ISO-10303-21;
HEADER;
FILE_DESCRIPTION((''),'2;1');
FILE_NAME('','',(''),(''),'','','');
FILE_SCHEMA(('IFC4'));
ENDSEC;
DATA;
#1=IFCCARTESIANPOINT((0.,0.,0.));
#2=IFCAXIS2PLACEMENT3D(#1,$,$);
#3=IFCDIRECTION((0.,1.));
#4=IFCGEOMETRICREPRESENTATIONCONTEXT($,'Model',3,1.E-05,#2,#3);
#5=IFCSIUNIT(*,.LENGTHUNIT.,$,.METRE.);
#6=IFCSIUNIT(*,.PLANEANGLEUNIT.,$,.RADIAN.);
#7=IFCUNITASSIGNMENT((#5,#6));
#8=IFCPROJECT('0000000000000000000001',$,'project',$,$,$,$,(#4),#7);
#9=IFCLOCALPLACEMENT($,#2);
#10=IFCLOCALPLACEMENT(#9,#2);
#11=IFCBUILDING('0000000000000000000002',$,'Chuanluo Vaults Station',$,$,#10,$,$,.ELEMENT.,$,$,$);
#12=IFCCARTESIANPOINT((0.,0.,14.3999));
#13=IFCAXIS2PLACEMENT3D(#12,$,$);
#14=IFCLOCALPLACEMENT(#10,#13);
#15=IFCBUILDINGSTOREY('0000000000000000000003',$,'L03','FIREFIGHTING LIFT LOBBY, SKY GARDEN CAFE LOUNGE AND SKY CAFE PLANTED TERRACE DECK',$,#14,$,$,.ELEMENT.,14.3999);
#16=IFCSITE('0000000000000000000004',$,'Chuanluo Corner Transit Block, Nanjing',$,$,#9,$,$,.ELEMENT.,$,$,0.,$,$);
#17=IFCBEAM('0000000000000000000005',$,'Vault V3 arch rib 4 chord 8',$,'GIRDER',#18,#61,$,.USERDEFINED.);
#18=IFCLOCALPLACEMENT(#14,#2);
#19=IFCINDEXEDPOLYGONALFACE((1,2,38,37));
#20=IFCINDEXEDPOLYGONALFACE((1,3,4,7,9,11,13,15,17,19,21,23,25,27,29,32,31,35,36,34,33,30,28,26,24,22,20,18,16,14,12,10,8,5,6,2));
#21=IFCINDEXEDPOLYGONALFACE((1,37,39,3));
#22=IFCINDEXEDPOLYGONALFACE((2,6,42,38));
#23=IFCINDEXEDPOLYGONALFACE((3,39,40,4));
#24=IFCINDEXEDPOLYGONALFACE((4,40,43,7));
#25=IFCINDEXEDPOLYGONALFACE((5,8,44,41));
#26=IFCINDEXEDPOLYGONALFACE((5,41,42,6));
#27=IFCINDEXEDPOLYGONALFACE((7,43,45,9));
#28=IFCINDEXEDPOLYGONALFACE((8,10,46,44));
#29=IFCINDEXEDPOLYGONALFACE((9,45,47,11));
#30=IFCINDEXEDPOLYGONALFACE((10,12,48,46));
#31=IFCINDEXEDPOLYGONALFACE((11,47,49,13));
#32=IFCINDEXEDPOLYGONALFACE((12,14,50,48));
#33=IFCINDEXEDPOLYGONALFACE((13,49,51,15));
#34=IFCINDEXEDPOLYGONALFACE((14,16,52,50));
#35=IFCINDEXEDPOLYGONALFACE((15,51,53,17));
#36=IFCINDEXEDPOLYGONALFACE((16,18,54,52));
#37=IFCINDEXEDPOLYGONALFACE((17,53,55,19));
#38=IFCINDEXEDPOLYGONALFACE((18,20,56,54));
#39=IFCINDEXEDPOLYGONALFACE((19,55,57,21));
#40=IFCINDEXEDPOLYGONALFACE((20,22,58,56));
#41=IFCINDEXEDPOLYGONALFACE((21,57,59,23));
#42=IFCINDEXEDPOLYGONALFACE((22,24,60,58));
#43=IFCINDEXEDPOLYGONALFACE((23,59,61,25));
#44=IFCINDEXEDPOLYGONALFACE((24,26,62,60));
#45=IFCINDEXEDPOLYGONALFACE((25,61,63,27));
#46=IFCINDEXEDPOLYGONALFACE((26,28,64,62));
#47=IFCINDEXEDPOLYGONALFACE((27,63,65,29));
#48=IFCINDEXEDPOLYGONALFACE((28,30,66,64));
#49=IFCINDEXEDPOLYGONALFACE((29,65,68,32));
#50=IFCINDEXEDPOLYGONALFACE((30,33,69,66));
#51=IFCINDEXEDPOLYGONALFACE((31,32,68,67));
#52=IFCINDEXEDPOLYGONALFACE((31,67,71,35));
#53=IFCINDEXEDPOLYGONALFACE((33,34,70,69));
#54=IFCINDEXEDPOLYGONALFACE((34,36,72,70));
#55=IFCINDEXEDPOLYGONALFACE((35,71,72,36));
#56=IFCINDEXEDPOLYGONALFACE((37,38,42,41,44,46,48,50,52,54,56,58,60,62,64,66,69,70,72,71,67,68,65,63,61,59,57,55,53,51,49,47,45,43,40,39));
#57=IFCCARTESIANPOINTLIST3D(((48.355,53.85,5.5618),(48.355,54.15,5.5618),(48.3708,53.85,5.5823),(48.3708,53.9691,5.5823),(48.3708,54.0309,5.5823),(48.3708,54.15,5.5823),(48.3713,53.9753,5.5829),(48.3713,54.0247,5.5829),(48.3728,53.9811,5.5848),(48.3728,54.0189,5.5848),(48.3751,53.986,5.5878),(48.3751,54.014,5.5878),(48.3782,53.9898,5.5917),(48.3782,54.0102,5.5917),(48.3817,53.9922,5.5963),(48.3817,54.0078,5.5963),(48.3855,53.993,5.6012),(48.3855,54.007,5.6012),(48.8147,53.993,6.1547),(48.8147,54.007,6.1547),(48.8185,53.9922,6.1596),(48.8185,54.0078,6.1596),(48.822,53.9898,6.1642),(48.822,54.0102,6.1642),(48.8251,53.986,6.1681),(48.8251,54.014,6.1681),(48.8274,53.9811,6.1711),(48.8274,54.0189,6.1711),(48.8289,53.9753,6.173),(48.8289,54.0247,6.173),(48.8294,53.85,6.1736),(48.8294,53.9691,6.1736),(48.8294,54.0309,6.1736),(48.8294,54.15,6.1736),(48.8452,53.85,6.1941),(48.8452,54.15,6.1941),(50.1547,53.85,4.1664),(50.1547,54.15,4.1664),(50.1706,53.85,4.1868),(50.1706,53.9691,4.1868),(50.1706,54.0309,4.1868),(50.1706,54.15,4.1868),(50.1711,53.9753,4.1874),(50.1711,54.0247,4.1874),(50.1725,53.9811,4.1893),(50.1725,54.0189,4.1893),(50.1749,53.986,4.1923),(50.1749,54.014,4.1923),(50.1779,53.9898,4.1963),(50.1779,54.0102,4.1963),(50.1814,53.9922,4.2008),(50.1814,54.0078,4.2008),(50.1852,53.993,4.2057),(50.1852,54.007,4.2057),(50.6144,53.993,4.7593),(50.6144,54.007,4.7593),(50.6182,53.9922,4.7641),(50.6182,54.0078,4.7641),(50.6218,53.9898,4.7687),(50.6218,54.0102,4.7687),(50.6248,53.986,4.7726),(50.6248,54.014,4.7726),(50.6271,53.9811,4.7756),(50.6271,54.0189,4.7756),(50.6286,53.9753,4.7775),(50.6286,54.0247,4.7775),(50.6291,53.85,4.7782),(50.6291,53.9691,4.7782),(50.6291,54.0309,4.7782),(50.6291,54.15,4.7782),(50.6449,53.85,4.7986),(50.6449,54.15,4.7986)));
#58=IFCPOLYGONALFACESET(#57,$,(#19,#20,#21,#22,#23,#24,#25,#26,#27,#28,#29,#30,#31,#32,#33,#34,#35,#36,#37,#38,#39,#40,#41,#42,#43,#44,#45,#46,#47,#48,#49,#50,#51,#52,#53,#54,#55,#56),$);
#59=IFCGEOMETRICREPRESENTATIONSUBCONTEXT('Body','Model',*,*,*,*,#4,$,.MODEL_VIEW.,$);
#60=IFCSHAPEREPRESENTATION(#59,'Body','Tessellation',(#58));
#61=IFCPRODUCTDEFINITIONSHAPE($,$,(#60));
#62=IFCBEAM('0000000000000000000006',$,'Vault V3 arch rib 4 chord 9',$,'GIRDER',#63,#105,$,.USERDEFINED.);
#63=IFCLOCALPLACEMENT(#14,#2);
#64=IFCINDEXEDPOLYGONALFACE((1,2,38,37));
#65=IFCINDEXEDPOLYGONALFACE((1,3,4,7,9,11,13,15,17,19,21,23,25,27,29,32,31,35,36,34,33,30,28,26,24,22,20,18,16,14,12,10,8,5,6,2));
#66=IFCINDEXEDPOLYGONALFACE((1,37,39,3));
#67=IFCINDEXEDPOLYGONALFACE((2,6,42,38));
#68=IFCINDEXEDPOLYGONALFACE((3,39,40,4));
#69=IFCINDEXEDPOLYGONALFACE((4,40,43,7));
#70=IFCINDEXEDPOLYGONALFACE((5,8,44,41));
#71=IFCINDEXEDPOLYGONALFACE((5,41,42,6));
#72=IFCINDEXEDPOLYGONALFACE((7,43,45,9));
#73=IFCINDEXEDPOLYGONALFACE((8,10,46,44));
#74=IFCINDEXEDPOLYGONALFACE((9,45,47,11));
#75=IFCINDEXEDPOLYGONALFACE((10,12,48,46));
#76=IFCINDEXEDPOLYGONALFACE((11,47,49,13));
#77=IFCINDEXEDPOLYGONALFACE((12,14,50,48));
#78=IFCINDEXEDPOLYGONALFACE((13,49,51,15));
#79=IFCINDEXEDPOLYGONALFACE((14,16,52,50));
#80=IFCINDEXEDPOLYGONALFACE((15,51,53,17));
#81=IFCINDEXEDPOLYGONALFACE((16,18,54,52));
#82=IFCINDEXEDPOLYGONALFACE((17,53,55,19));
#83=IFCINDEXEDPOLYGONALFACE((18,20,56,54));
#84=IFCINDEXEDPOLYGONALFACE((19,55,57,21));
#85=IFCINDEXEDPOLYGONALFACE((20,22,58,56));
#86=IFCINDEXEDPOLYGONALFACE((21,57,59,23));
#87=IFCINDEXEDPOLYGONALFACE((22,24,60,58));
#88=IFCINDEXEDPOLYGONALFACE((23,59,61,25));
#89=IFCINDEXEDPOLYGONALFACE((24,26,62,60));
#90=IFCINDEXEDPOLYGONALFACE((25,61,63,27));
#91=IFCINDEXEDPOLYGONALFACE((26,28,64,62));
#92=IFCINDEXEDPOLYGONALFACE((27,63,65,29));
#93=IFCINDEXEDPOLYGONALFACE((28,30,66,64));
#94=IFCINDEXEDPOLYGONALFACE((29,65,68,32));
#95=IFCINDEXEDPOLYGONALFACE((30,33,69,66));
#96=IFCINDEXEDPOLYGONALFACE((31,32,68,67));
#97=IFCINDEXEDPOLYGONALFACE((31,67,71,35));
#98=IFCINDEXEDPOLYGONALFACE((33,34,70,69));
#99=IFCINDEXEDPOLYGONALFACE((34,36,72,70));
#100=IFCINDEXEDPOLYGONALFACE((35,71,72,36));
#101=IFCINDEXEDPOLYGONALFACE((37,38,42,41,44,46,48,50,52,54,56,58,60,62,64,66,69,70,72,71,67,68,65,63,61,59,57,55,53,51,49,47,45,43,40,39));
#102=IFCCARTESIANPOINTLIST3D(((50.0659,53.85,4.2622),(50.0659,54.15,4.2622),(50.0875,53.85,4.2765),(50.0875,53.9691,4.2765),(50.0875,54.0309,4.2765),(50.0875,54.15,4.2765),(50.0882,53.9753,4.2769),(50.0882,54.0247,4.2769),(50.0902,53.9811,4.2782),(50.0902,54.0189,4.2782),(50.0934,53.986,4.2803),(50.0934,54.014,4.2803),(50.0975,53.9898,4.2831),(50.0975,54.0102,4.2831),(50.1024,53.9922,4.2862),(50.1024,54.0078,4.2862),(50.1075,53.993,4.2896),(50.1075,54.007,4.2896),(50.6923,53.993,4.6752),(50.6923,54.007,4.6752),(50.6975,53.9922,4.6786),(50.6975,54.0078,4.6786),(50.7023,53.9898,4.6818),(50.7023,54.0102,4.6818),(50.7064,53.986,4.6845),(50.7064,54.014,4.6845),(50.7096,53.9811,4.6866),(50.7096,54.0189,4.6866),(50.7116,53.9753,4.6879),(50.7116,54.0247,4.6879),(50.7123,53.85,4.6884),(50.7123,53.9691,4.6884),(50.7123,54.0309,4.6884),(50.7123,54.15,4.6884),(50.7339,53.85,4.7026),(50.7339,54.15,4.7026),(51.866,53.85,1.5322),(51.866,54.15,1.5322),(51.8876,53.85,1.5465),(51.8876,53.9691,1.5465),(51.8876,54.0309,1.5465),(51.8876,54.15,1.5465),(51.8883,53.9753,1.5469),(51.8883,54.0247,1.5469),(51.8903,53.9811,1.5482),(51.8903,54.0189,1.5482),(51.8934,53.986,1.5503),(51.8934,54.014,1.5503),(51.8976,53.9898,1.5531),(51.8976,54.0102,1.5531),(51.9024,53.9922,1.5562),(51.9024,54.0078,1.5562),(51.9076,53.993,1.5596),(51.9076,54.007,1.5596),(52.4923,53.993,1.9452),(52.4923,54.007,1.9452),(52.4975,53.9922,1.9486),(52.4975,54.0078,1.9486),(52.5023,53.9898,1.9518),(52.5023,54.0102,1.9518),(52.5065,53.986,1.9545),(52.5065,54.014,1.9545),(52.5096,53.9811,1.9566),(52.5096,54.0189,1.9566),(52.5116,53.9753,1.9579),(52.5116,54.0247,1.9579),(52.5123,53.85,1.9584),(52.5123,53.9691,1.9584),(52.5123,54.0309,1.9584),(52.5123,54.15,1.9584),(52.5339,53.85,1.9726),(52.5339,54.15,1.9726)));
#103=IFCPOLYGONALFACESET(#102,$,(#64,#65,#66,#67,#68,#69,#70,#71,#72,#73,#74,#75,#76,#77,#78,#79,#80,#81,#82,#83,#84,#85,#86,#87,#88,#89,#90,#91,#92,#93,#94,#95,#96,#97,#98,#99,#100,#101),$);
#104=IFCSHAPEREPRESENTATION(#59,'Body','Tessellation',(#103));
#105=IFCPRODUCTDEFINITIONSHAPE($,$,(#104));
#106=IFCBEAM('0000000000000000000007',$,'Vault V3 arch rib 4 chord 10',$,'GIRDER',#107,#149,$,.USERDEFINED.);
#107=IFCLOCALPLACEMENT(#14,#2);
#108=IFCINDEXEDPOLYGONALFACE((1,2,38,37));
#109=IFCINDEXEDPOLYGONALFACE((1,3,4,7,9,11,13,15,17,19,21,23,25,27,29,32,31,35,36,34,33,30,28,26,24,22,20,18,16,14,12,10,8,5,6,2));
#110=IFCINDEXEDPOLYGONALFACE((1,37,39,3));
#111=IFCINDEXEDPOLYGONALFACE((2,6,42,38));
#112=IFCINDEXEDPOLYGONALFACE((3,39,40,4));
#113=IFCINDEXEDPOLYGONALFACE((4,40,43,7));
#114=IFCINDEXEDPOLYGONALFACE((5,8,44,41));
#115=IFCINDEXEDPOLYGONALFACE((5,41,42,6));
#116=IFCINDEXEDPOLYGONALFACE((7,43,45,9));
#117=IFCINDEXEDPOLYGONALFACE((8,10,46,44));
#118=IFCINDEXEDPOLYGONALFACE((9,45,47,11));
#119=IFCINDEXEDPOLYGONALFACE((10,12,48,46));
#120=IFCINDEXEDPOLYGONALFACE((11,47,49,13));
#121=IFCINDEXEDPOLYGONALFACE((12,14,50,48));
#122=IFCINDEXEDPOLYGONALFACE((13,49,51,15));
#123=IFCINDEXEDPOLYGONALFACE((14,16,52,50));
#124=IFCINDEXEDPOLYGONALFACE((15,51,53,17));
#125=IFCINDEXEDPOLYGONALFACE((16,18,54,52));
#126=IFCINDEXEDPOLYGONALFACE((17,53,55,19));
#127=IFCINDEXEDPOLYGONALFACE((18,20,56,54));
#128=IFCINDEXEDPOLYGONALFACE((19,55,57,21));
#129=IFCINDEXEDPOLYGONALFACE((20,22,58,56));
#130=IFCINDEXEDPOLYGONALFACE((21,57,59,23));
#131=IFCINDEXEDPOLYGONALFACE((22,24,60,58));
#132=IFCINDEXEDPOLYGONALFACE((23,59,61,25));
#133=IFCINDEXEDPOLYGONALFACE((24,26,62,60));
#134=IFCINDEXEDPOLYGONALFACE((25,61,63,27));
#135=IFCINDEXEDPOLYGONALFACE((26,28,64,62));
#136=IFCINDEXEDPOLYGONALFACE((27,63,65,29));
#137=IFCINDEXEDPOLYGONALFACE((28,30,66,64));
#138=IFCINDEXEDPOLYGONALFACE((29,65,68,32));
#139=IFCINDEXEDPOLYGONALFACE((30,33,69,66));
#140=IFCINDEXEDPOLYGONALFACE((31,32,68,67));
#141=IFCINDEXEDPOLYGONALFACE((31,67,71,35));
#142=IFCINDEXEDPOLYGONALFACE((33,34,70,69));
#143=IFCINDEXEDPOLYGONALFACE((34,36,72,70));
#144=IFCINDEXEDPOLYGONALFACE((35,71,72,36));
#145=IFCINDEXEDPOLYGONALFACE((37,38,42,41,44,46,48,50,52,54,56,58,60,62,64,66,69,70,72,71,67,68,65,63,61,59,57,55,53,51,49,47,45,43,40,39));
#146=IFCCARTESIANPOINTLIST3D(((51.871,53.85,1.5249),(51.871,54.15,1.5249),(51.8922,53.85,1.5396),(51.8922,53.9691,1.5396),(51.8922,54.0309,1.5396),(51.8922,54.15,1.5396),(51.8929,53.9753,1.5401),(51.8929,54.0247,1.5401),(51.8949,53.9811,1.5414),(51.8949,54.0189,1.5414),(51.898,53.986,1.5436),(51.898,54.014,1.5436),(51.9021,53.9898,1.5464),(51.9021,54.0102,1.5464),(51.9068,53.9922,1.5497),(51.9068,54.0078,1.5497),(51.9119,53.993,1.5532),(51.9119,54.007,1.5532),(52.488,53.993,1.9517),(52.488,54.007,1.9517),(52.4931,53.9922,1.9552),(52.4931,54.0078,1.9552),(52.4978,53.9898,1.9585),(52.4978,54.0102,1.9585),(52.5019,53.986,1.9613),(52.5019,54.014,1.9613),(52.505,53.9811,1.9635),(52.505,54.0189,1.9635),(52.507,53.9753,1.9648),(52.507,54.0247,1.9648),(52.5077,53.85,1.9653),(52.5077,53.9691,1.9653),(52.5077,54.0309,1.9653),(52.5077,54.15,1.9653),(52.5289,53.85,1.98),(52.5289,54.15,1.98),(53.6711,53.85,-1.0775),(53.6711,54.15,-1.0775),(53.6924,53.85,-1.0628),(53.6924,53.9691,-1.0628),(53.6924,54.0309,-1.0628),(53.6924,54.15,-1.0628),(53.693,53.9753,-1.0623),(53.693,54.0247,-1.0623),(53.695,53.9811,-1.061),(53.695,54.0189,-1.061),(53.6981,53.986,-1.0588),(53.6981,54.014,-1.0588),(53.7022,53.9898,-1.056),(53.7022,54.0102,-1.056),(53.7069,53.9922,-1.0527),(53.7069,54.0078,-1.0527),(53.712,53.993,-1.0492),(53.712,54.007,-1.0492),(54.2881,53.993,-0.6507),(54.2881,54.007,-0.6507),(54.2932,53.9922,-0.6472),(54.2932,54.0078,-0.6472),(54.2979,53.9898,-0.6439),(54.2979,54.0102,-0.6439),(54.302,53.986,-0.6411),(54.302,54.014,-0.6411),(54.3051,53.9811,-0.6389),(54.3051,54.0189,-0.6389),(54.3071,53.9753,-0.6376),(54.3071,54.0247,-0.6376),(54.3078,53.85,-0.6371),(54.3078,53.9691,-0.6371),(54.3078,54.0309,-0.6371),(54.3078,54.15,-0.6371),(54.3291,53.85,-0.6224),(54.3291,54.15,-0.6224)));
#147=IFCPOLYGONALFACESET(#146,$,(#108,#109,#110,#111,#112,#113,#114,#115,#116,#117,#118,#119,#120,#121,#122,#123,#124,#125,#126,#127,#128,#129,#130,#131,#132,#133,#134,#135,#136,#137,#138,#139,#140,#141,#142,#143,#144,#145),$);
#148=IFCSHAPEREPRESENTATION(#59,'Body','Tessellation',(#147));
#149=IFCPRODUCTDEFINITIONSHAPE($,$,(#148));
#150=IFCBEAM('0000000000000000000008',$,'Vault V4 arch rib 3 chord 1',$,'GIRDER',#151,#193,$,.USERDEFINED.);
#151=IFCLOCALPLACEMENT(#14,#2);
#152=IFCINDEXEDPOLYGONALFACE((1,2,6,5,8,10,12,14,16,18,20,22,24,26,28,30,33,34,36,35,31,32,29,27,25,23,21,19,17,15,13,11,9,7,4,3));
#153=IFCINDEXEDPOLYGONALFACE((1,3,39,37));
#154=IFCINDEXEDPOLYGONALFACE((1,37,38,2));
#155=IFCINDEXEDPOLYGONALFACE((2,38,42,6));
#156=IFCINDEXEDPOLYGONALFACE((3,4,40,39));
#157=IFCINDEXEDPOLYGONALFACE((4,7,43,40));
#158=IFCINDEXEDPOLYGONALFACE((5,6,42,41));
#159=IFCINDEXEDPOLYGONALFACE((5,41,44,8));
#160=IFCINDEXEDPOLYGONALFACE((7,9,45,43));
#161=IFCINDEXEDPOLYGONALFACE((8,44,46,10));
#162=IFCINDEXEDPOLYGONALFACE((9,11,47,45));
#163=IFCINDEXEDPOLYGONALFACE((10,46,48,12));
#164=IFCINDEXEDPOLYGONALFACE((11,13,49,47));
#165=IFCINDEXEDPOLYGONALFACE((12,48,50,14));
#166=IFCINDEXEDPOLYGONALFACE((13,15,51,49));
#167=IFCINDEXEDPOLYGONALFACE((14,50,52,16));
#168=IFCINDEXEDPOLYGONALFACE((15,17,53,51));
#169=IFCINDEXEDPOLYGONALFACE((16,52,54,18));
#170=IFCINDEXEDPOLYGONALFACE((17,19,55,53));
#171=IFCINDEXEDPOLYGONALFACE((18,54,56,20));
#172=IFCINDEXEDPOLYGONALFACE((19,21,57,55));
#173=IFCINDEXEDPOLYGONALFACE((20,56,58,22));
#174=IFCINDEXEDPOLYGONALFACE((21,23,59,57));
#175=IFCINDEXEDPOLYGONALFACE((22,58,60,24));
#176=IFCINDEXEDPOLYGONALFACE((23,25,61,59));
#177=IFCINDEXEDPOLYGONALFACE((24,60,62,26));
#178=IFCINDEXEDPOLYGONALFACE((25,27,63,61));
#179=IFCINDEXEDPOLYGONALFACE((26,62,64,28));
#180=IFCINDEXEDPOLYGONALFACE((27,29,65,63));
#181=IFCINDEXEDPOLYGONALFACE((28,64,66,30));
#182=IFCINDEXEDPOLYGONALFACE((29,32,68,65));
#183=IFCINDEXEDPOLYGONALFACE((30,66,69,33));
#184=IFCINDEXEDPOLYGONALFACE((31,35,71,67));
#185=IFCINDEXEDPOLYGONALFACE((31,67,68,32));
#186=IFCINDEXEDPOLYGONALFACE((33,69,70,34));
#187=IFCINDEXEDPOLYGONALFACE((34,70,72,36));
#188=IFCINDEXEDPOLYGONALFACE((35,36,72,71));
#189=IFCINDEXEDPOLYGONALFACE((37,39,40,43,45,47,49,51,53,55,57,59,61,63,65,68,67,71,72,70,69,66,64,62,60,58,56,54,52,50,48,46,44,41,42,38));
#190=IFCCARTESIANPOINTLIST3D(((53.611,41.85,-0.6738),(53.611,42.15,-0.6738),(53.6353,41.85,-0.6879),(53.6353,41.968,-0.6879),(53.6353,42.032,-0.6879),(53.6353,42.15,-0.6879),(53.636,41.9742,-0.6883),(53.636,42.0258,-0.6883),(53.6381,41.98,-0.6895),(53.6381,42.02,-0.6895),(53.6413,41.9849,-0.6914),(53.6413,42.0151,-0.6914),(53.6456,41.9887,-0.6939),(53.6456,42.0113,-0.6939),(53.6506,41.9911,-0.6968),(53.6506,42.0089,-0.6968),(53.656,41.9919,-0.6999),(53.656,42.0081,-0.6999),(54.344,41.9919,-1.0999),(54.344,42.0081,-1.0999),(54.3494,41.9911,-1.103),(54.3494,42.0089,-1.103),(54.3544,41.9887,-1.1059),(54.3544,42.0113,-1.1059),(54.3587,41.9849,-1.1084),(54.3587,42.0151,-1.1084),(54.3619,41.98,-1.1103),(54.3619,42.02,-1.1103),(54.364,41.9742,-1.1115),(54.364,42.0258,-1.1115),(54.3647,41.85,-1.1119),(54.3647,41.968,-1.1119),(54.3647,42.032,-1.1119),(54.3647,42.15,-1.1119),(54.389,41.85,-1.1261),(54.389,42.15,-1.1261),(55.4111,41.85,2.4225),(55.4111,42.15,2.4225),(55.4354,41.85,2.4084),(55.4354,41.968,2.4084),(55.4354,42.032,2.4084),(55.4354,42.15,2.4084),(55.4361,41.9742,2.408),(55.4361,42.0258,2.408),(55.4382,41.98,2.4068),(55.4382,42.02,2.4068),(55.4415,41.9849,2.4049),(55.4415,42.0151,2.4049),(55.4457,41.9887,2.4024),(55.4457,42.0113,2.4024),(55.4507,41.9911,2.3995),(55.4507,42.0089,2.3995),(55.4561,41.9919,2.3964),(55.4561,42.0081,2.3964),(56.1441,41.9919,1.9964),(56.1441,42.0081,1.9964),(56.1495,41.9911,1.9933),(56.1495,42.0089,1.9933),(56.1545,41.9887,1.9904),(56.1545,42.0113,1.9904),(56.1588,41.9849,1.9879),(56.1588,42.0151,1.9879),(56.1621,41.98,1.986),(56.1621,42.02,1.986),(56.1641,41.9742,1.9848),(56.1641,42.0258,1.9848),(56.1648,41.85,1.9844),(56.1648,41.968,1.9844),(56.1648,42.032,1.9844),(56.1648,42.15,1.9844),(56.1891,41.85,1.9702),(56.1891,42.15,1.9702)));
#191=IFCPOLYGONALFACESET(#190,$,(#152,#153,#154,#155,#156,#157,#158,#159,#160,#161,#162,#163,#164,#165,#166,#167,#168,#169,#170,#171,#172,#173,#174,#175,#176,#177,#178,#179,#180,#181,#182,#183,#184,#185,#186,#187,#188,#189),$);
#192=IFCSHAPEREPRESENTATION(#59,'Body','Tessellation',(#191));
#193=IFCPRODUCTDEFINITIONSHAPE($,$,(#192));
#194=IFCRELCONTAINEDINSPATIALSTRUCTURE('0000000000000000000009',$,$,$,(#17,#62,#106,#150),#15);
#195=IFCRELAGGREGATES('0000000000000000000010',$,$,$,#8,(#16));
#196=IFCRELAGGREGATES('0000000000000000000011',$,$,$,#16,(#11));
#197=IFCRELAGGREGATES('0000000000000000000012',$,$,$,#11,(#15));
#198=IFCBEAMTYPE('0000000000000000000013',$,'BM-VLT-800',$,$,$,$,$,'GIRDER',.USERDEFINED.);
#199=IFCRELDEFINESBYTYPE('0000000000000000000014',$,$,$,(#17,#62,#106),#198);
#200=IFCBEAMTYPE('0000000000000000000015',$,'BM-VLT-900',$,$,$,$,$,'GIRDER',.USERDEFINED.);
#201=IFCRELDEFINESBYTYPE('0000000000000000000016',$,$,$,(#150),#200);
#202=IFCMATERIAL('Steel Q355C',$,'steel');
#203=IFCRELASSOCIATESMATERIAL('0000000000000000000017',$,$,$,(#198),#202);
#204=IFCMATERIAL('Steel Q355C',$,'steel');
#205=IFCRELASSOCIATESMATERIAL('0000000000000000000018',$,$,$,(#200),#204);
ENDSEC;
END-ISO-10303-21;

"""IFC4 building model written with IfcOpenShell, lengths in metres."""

from ifc_helpers import new_model, si_unit, direction, frame, origin, origin_2d, place, context, subcontext, project, spatial, i_section, extrude, material, material_profile, profile_set, type_object, element, save


model = new_model("IFC4")

# Units and contexts
model_context = context("Model", 3, precision=1e-05, world=origin(), true_north=direction((0.0, 1.0)))
body_context = subcontext(model_context, "Body", "Model", "MODEL_VIEW")
ifc_project = project(units=[si_unit("LENGTHUNIT", "METRE"), si_unit("PLANEANGLEUNIT", "RADIAN")], contexts=[model_context])

# Site, building, storey
site_placement = place(None, origin())
site = spatial("IfcSite", under=ifc_project, at=site_placement, Name="Chuanluo Corner Transit Block, Nanjing", CompositionType="ELEMENT", RefElevation=0.0)
building_placement = place(site_placement, origin())
building = spatial("IfcBuilding", under=site, at=building_placement, Name="Chuanluo Vaults Station", CompositionType="ELEMENT")
storey_placement = place(building_placement, frame((0.0, 0.0, 14.3999)))
storey = spatial("IfcBuildingStorey", under=building, at=storey_placement, Name="L03", Description="FIREFIGHTING LIFT LOBBY, SKY GARDEN CAFE LOUNGE AND SKY CAFE PLANTED TERRACE DECK", CompositionType="ELEMENT", Elevation=14.3999)

# Beams
ifc_material_1 = material(Name="Steel Q355C", Category="steel")
ifc_material_profile_1 = material_profile(ifc_material_1, i_section(OverallWidth=0.3, OverallDepth=0.8, WebThickness=0.0139, FlangeThickness=0.0259, FilletRadius=0.0239, at=origin_2d()))
ifc_profile_set_1 = profile_set([ifc_material_profile_1], Name="Steel Q355C")
beam_type_1 = type_object("IfcBeamType", Name="BM-VLT-800", ElementType="GIRDER", PredefinedType="USERDEFINED", material=ifc_profile_set_1)
beam_1_placement = place(storey_placement, frame((48.6001, 54.0, 5.8779), z_axis=(0.790275, 0.0, -0.612752), x_axis=(0.0, 1.0, 0.0)))
element("IfcBeam", 1, at=beam_1_placement, inside=storey, type_object=beam_type_1, Name="Vault V3 arch rib 4 chord 8", ObjectType="GIRDER", PredefinedType="USERDEFINED", context=body_context, shape_type="SweptSolid", body=[
    extrude(i_section(OverallWidth=0.3, OverallDepth=0.8, WebThickness=0.0139, FlangeThickness=0.0259, FilletRadius=0.0239, at=origin_2d()), origin(), (0.0, 0.0, 1.0), 2.2773),
])
beam_2_placement = place(storey_placement, frame((50.3999, 54.0, 4.4824), z_axis=(0.550472, 0.0, -0.834854), x_axis=(0.0, 1.0, 0.0)))
element("IfcBeam", 2, at=beam_2_placement, inside=storey, type_object=beam_type_1, Name="Vault V3 arch rib 4 chord 9", ObjectType="GIRDER", PredefinedType="USERDEFINED", context=body_context, shape_type="SweptSolid", body=[
    extrude(i_section(OverallWidth=0.3, OverallDepth=0.8, WebThickness=0.0139, FlangeThickness=0.0259, FilletRadius=0.0239, at=origin_2d()), origin(), (0.0, 0.0, 1.0), 3.27),
])
beam_3_placement = place(storey_placement, frame((52.2, 54.0, 1.7524), z_axis=(0.568881, 0.0, -0.82242), x_axis=(0.0, 1.0, 0.0)))
element("IfcBeam", 3, at=beam_3_placement, inside=storey, type_object=beam_type_1, Name="Vault V3 arch rib 4 chord 10", ObjectType="GIRDER", PredefinedType="USERDEFINED", context=body_context, shape_type="SweptSolid", body=[
    extrude(i_section(OverallWidth=0.3, OverallDepth=0.8, WebThickness=0.0139, FlangeThickness=0.0259, FilletRadius=0.0239, at=origin_2d()), origin(), (0.0, 0.0, 1.0), 3.1643),
])
ifc_material_2 = material(Name="Steel Q355C", Category="steel")
ifc_material_profile_2 = material_profile(ifc_material_2, i_section(OverallWidth=0.3, OverallDepth=0.8999, WebThickness=0.0161, FlangeThickness=0.0281, FilletRadius=0.0239, at=origin_2d()))
ifc_profile_set_2 = profile_set([ifc_material_profile_2], Name="Steel Q355C")
beam_type_2 = type_object("IfcBeamType", Name="BM-VLT-900", ElementType="GIRDER", PredefinedType="USERDEFINED", material=ifc_profile_set_2)
for number, where, z_axis, x_axis, name in (
    (4, (54.0, 42.0, -0.8999), (0.502607, 0.0, 0.864515), (0.0, 1.0, 0.0), "Vault V4 arch rib 3 chord 1"),
):
    element("IfcBeam", number, at=place(storey_placement, frame(where, z_axis=z_axis, x_axis=x_axis)), inside=storey, type_object=beam_type_2, Name=name, ObjectType="GIRDER", PredefinedType="USERDEFINED", context=body_context, shape_type="SweptSolid", body=[
        extrude(i_section(OverallWidth=0.3, OverallDepth=0.8999, WebThickness=0.0161, FlangeThickness=0.0281, FilletRadius=0.0239, at=origin_2d()), origin(), (0.0, 0.0, 1.0), 3.5815),
    ])

save(model, "model.ifc")
